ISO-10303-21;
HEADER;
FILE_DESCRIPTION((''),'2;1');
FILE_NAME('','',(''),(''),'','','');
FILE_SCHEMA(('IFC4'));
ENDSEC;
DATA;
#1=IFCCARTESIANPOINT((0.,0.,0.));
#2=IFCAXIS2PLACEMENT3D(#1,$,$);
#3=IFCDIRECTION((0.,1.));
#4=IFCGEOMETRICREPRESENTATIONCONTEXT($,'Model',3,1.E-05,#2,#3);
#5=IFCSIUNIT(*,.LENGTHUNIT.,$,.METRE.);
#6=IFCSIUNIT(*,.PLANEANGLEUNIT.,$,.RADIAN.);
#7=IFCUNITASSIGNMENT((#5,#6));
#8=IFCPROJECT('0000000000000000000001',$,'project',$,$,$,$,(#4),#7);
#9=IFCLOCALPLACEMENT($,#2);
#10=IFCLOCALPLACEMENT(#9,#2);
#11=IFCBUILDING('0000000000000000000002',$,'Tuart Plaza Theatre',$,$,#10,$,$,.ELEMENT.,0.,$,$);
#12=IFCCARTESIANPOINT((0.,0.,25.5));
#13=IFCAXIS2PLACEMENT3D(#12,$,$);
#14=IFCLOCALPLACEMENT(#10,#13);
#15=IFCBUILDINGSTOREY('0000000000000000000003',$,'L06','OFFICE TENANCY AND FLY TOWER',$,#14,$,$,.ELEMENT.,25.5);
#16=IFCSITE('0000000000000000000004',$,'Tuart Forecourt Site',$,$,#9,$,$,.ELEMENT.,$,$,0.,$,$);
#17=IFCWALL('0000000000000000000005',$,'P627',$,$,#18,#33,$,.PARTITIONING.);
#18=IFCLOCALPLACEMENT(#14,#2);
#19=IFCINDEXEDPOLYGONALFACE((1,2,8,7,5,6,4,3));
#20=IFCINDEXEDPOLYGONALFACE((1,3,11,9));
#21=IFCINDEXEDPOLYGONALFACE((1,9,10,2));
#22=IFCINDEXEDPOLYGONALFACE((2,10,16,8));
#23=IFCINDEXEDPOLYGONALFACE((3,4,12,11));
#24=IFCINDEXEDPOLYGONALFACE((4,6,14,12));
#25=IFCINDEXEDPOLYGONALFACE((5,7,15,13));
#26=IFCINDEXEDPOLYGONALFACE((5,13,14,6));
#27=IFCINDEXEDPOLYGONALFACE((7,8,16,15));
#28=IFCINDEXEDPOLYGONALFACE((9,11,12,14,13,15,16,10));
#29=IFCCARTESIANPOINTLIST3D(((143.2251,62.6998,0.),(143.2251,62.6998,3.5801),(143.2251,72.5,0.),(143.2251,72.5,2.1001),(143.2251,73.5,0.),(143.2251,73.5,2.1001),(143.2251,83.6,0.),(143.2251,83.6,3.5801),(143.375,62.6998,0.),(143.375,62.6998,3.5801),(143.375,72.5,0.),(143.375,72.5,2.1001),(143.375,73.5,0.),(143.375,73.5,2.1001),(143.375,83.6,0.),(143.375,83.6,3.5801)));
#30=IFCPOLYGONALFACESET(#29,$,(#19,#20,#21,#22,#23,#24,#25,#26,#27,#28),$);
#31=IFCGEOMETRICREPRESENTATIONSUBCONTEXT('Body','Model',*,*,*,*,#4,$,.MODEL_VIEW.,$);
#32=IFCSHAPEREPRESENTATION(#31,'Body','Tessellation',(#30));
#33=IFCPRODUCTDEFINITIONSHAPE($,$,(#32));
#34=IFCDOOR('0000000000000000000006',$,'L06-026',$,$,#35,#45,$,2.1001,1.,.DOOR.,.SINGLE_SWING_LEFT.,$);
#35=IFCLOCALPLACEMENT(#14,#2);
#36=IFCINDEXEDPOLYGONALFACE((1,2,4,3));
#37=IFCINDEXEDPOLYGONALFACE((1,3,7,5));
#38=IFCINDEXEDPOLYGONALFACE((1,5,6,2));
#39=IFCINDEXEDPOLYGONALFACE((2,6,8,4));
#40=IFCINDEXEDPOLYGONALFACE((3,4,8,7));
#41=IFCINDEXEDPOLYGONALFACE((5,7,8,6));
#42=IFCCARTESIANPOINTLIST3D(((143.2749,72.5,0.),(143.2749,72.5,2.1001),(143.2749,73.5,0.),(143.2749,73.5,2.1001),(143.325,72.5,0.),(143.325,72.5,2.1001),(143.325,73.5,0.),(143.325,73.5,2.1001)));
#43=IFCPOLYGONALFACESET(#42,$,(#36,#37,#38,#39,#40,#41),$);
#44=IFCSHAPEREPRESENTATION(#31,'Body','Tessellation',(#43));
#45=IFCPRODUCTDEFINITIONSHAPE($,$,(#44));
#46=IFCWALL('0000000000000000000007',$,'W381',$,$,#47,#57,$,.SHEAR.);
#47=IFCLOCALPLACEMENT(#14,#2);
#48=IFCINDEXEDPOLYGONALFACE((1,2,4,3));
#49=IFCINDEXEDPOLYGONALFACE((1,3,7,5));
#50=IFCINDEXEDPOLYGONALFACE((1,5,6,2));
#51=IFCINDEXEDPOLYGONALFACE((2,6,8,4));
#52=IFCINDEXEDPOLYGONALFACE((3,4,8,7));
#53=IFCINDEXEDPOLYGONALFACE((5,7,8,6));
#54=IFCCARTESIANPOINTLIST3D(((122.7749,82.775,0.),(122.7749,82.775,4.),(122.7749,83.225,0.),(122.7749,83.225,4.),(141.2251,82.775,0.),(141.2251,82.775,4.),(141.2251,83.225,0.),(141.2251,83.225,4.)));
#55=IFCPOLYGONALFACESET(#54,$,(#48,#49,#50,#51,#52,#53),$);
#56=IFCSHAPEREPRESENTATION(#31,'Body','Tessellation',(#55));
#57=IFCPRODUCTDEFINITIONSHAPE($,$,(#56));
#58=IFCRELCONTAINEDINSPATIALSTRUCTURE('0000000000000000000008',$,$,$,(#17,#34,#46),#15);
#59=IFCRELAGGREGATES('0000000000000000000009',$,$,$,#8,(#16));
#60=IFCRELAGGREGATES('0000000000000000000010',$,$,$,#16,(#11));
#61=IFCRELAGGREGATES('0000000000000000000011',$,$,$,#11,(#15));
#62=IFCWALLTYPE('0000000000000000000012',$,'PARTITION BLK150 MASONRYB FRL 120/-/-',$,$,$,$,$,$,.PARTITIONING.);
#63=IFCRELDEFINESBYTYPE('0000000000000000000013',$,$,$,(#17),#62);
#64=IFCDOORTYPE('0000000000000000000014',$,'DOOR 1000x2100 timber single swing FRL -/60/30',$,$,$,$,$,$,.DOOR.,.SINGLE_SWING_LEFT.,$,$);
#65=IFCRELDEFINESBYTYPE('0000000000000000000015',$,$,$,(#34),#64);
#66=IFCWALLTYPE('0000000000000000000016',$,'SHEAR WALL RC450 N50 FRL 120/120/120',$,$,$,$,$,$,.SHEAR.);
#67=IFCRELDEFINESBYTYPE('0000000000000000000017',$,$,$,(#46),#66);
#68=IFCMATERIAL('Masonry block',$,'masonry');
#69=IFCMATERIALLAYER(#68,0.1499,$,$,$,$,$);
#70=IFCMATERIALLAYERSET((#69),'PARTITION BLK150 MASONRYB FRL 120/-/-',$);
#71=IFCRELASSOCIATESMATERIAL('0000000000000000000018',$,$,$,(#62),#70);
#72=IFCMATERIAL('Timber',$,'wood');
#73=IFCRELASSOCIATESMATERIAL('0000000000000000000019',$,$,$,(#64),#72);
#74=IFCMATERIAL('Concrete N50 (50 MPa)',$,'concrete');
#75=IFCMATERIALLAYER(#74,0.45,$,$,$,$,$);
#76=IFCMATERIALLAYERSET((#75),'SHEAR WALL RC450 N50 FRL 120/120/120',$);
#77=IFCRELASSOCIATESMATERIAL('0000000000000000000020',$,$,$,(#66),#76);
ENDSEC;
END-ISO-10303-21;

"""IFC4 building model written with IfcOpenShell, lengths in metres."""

from ifc_helpers import new_model, si_unit, direction, frame, frame_2d, origin, place, context, subcontext, project, spatial, rectangle, extrude, material, layer, layer_set, type_object, element, fill, save


model = new_model("IFC4")

# Units and contexts
model_context = context("Model", 3, precision=1e-05, world=origin(), true_north=direction((0.0, 1.0)))
body_context = subcontext(model_context, "Body", "Model", "MODEL_VIEW")
ifc_project = project(units=[si_unit("LENGTHUNIT", "METRE"), si_unit("PLANEANGLEUNIT", "RADIAN")], contexts=[model_context])

# Site, building, storey
site_placement = place(None, origin())
site = spatial("IfcSite", under=ifc_project, at=site_placement, Name="Tuart Forecourt Site", CompositionType="ELEMENT", RefElevation=0.0)
building_placement = place(site_placement, origin())
building = spatial("IfcBuilding", under=site, at=building_placement, Name="Tuart Plaza Theatre", CompositionType="ELEMENT", ElevationOfRefHeight=0.0)
storey_placement = place(building_placement, frame((0.0, 0.0, 25.5)))
storey = spatial("IfcBuildingStorey", under=building, at=storey_placement, Name="L06", Description="OFFICE TENANCY AND FLY TOWER", CompositionType="ELEMENT", Elevation=25.5)

# Wall, opening, door
ifc_material_1 = material(Name="Masonry block", Category="masonry")
ifc_layer_1 = layer(ifc_material_1, 0.1499)
ifc_layer_set_1 = layer_set([ifc_layer_1], Name="PARTITION BLK150 MASONRYB FRL 120/-/-")
wall_type_1 = type_object("IfcWallType", Name="PARTITION BLK150 MASONRYB FRL 120/-/-", PredefinedType="PARTITIONING", material=ifc_layer_set_1)
wall_1_placement = place(storey_placement, frame((143.3, 83.6001, 0.0), z_axis=(0.0, 0.0, 1.0), x_axis=(0.0, -1.0, 0.0)))
wall_1 = element("IfcWall", 1, at=wall_1_placement, inside=storey, type_object=wall_type_1, Name="P627", PredefinedType="PARTITIONING", context=body_context, shape_type="SweptSolid", body=[
    extrude(rectangle(XDim=20.9001, YDim=0.1499, at=frame_2d((10.4502, 0.0))), origin(), (0.0, 0.0, 1.0), 3.5801),
])
opening_placement = place(wall_1_placement, frame((10.1001, 0.0, 0.0)))
opening = element("IfcOpeningElement", 2, at=opening_placement, cuts=wall_1, PredefinedType="OPENING", context=body_context, shape_type="SweptSolid", body=[
    extrude(rectangle(XDim=1.0, YDim=2.1001, at=frame_2d((0.5, 1.05))), frame((0.0, 0.085, 0.0), z_axis=(0.0, -1.0, 0.0), x_axis=(1.0, 0.0, 0.0)), (0.0, 0.0, 1.0), 0.1699),
])
ifc_material_2 = material(Name="Timber", Category="wood")
door_type = type_object("IfcDoorType", Name="DOOR 1000x2100 timber single swing FRL -/60/30", OperationType="SINGLE_SWING_LEFT", PredefinedType="DOOR", material=ifc_material_2)
door_placement = place(opening_placement, origin())
door = element("IfcDoor", 3, at=door_placement, inside=storey, type_object=door_type, Name="L06-026", OperationType="SINGLE_SWING_LEFT", OverallHeight=2.1001, OverallWidth=1.0, PredefinedType="DOOR", context=body_context, shape_type="SweptSolid", body=[
    extrude(rectangle(XDim=1.0, YDim=2.1001, at=frame_2d((0.5, 1.05))), frame((0.0, 0.0249, 0.0), z_axis=(0.0, -1.0, 0.0), x_axis=(1.0, 0.0, 0.0)), (0.0, 0.0, 1.0), 0.05),
])
fill(opening, door)

# Wall
ifc_material_3 = material(Name="Concrete N50 (50 MPa)", Category="concrete")
ifc_layer_2 = layer(ifc_material_3, 0.45)
ifc_layer_set_2 = layer_set([ifc_layer_2], Name="SHEAR WALL RC450 N50 FRL 120/120/120")
wall_type_2 = type_object("IfcWallType", Name="SHEAR WALL RC450 N50 FRL 120/120/120", PredefinedType="SHEAR", material=ifc_layer_set_2)
wall_2_placement = place(storey_placement, frame((141.2251, 83.0, 0.0), z_axis=(0.0, 0.0, 1.0), x_axis=(-1.0, 0.0, 0.0)))
element("IfcWall", 4, at=wall_2_placement, inside=storey, type_object=wall_type_2, Name="W381", PredefinedType="SHEAR", context=body_context, shape_type="SweptSolid", body=[
    extrude(rectangle(XDim=18.4502, YDim=0.45, at=frame_2d((9.2251, 0.0))), origin(), (0.0, 0.0, 1.0), 4.0),
])

save(model, "model.ifc")
